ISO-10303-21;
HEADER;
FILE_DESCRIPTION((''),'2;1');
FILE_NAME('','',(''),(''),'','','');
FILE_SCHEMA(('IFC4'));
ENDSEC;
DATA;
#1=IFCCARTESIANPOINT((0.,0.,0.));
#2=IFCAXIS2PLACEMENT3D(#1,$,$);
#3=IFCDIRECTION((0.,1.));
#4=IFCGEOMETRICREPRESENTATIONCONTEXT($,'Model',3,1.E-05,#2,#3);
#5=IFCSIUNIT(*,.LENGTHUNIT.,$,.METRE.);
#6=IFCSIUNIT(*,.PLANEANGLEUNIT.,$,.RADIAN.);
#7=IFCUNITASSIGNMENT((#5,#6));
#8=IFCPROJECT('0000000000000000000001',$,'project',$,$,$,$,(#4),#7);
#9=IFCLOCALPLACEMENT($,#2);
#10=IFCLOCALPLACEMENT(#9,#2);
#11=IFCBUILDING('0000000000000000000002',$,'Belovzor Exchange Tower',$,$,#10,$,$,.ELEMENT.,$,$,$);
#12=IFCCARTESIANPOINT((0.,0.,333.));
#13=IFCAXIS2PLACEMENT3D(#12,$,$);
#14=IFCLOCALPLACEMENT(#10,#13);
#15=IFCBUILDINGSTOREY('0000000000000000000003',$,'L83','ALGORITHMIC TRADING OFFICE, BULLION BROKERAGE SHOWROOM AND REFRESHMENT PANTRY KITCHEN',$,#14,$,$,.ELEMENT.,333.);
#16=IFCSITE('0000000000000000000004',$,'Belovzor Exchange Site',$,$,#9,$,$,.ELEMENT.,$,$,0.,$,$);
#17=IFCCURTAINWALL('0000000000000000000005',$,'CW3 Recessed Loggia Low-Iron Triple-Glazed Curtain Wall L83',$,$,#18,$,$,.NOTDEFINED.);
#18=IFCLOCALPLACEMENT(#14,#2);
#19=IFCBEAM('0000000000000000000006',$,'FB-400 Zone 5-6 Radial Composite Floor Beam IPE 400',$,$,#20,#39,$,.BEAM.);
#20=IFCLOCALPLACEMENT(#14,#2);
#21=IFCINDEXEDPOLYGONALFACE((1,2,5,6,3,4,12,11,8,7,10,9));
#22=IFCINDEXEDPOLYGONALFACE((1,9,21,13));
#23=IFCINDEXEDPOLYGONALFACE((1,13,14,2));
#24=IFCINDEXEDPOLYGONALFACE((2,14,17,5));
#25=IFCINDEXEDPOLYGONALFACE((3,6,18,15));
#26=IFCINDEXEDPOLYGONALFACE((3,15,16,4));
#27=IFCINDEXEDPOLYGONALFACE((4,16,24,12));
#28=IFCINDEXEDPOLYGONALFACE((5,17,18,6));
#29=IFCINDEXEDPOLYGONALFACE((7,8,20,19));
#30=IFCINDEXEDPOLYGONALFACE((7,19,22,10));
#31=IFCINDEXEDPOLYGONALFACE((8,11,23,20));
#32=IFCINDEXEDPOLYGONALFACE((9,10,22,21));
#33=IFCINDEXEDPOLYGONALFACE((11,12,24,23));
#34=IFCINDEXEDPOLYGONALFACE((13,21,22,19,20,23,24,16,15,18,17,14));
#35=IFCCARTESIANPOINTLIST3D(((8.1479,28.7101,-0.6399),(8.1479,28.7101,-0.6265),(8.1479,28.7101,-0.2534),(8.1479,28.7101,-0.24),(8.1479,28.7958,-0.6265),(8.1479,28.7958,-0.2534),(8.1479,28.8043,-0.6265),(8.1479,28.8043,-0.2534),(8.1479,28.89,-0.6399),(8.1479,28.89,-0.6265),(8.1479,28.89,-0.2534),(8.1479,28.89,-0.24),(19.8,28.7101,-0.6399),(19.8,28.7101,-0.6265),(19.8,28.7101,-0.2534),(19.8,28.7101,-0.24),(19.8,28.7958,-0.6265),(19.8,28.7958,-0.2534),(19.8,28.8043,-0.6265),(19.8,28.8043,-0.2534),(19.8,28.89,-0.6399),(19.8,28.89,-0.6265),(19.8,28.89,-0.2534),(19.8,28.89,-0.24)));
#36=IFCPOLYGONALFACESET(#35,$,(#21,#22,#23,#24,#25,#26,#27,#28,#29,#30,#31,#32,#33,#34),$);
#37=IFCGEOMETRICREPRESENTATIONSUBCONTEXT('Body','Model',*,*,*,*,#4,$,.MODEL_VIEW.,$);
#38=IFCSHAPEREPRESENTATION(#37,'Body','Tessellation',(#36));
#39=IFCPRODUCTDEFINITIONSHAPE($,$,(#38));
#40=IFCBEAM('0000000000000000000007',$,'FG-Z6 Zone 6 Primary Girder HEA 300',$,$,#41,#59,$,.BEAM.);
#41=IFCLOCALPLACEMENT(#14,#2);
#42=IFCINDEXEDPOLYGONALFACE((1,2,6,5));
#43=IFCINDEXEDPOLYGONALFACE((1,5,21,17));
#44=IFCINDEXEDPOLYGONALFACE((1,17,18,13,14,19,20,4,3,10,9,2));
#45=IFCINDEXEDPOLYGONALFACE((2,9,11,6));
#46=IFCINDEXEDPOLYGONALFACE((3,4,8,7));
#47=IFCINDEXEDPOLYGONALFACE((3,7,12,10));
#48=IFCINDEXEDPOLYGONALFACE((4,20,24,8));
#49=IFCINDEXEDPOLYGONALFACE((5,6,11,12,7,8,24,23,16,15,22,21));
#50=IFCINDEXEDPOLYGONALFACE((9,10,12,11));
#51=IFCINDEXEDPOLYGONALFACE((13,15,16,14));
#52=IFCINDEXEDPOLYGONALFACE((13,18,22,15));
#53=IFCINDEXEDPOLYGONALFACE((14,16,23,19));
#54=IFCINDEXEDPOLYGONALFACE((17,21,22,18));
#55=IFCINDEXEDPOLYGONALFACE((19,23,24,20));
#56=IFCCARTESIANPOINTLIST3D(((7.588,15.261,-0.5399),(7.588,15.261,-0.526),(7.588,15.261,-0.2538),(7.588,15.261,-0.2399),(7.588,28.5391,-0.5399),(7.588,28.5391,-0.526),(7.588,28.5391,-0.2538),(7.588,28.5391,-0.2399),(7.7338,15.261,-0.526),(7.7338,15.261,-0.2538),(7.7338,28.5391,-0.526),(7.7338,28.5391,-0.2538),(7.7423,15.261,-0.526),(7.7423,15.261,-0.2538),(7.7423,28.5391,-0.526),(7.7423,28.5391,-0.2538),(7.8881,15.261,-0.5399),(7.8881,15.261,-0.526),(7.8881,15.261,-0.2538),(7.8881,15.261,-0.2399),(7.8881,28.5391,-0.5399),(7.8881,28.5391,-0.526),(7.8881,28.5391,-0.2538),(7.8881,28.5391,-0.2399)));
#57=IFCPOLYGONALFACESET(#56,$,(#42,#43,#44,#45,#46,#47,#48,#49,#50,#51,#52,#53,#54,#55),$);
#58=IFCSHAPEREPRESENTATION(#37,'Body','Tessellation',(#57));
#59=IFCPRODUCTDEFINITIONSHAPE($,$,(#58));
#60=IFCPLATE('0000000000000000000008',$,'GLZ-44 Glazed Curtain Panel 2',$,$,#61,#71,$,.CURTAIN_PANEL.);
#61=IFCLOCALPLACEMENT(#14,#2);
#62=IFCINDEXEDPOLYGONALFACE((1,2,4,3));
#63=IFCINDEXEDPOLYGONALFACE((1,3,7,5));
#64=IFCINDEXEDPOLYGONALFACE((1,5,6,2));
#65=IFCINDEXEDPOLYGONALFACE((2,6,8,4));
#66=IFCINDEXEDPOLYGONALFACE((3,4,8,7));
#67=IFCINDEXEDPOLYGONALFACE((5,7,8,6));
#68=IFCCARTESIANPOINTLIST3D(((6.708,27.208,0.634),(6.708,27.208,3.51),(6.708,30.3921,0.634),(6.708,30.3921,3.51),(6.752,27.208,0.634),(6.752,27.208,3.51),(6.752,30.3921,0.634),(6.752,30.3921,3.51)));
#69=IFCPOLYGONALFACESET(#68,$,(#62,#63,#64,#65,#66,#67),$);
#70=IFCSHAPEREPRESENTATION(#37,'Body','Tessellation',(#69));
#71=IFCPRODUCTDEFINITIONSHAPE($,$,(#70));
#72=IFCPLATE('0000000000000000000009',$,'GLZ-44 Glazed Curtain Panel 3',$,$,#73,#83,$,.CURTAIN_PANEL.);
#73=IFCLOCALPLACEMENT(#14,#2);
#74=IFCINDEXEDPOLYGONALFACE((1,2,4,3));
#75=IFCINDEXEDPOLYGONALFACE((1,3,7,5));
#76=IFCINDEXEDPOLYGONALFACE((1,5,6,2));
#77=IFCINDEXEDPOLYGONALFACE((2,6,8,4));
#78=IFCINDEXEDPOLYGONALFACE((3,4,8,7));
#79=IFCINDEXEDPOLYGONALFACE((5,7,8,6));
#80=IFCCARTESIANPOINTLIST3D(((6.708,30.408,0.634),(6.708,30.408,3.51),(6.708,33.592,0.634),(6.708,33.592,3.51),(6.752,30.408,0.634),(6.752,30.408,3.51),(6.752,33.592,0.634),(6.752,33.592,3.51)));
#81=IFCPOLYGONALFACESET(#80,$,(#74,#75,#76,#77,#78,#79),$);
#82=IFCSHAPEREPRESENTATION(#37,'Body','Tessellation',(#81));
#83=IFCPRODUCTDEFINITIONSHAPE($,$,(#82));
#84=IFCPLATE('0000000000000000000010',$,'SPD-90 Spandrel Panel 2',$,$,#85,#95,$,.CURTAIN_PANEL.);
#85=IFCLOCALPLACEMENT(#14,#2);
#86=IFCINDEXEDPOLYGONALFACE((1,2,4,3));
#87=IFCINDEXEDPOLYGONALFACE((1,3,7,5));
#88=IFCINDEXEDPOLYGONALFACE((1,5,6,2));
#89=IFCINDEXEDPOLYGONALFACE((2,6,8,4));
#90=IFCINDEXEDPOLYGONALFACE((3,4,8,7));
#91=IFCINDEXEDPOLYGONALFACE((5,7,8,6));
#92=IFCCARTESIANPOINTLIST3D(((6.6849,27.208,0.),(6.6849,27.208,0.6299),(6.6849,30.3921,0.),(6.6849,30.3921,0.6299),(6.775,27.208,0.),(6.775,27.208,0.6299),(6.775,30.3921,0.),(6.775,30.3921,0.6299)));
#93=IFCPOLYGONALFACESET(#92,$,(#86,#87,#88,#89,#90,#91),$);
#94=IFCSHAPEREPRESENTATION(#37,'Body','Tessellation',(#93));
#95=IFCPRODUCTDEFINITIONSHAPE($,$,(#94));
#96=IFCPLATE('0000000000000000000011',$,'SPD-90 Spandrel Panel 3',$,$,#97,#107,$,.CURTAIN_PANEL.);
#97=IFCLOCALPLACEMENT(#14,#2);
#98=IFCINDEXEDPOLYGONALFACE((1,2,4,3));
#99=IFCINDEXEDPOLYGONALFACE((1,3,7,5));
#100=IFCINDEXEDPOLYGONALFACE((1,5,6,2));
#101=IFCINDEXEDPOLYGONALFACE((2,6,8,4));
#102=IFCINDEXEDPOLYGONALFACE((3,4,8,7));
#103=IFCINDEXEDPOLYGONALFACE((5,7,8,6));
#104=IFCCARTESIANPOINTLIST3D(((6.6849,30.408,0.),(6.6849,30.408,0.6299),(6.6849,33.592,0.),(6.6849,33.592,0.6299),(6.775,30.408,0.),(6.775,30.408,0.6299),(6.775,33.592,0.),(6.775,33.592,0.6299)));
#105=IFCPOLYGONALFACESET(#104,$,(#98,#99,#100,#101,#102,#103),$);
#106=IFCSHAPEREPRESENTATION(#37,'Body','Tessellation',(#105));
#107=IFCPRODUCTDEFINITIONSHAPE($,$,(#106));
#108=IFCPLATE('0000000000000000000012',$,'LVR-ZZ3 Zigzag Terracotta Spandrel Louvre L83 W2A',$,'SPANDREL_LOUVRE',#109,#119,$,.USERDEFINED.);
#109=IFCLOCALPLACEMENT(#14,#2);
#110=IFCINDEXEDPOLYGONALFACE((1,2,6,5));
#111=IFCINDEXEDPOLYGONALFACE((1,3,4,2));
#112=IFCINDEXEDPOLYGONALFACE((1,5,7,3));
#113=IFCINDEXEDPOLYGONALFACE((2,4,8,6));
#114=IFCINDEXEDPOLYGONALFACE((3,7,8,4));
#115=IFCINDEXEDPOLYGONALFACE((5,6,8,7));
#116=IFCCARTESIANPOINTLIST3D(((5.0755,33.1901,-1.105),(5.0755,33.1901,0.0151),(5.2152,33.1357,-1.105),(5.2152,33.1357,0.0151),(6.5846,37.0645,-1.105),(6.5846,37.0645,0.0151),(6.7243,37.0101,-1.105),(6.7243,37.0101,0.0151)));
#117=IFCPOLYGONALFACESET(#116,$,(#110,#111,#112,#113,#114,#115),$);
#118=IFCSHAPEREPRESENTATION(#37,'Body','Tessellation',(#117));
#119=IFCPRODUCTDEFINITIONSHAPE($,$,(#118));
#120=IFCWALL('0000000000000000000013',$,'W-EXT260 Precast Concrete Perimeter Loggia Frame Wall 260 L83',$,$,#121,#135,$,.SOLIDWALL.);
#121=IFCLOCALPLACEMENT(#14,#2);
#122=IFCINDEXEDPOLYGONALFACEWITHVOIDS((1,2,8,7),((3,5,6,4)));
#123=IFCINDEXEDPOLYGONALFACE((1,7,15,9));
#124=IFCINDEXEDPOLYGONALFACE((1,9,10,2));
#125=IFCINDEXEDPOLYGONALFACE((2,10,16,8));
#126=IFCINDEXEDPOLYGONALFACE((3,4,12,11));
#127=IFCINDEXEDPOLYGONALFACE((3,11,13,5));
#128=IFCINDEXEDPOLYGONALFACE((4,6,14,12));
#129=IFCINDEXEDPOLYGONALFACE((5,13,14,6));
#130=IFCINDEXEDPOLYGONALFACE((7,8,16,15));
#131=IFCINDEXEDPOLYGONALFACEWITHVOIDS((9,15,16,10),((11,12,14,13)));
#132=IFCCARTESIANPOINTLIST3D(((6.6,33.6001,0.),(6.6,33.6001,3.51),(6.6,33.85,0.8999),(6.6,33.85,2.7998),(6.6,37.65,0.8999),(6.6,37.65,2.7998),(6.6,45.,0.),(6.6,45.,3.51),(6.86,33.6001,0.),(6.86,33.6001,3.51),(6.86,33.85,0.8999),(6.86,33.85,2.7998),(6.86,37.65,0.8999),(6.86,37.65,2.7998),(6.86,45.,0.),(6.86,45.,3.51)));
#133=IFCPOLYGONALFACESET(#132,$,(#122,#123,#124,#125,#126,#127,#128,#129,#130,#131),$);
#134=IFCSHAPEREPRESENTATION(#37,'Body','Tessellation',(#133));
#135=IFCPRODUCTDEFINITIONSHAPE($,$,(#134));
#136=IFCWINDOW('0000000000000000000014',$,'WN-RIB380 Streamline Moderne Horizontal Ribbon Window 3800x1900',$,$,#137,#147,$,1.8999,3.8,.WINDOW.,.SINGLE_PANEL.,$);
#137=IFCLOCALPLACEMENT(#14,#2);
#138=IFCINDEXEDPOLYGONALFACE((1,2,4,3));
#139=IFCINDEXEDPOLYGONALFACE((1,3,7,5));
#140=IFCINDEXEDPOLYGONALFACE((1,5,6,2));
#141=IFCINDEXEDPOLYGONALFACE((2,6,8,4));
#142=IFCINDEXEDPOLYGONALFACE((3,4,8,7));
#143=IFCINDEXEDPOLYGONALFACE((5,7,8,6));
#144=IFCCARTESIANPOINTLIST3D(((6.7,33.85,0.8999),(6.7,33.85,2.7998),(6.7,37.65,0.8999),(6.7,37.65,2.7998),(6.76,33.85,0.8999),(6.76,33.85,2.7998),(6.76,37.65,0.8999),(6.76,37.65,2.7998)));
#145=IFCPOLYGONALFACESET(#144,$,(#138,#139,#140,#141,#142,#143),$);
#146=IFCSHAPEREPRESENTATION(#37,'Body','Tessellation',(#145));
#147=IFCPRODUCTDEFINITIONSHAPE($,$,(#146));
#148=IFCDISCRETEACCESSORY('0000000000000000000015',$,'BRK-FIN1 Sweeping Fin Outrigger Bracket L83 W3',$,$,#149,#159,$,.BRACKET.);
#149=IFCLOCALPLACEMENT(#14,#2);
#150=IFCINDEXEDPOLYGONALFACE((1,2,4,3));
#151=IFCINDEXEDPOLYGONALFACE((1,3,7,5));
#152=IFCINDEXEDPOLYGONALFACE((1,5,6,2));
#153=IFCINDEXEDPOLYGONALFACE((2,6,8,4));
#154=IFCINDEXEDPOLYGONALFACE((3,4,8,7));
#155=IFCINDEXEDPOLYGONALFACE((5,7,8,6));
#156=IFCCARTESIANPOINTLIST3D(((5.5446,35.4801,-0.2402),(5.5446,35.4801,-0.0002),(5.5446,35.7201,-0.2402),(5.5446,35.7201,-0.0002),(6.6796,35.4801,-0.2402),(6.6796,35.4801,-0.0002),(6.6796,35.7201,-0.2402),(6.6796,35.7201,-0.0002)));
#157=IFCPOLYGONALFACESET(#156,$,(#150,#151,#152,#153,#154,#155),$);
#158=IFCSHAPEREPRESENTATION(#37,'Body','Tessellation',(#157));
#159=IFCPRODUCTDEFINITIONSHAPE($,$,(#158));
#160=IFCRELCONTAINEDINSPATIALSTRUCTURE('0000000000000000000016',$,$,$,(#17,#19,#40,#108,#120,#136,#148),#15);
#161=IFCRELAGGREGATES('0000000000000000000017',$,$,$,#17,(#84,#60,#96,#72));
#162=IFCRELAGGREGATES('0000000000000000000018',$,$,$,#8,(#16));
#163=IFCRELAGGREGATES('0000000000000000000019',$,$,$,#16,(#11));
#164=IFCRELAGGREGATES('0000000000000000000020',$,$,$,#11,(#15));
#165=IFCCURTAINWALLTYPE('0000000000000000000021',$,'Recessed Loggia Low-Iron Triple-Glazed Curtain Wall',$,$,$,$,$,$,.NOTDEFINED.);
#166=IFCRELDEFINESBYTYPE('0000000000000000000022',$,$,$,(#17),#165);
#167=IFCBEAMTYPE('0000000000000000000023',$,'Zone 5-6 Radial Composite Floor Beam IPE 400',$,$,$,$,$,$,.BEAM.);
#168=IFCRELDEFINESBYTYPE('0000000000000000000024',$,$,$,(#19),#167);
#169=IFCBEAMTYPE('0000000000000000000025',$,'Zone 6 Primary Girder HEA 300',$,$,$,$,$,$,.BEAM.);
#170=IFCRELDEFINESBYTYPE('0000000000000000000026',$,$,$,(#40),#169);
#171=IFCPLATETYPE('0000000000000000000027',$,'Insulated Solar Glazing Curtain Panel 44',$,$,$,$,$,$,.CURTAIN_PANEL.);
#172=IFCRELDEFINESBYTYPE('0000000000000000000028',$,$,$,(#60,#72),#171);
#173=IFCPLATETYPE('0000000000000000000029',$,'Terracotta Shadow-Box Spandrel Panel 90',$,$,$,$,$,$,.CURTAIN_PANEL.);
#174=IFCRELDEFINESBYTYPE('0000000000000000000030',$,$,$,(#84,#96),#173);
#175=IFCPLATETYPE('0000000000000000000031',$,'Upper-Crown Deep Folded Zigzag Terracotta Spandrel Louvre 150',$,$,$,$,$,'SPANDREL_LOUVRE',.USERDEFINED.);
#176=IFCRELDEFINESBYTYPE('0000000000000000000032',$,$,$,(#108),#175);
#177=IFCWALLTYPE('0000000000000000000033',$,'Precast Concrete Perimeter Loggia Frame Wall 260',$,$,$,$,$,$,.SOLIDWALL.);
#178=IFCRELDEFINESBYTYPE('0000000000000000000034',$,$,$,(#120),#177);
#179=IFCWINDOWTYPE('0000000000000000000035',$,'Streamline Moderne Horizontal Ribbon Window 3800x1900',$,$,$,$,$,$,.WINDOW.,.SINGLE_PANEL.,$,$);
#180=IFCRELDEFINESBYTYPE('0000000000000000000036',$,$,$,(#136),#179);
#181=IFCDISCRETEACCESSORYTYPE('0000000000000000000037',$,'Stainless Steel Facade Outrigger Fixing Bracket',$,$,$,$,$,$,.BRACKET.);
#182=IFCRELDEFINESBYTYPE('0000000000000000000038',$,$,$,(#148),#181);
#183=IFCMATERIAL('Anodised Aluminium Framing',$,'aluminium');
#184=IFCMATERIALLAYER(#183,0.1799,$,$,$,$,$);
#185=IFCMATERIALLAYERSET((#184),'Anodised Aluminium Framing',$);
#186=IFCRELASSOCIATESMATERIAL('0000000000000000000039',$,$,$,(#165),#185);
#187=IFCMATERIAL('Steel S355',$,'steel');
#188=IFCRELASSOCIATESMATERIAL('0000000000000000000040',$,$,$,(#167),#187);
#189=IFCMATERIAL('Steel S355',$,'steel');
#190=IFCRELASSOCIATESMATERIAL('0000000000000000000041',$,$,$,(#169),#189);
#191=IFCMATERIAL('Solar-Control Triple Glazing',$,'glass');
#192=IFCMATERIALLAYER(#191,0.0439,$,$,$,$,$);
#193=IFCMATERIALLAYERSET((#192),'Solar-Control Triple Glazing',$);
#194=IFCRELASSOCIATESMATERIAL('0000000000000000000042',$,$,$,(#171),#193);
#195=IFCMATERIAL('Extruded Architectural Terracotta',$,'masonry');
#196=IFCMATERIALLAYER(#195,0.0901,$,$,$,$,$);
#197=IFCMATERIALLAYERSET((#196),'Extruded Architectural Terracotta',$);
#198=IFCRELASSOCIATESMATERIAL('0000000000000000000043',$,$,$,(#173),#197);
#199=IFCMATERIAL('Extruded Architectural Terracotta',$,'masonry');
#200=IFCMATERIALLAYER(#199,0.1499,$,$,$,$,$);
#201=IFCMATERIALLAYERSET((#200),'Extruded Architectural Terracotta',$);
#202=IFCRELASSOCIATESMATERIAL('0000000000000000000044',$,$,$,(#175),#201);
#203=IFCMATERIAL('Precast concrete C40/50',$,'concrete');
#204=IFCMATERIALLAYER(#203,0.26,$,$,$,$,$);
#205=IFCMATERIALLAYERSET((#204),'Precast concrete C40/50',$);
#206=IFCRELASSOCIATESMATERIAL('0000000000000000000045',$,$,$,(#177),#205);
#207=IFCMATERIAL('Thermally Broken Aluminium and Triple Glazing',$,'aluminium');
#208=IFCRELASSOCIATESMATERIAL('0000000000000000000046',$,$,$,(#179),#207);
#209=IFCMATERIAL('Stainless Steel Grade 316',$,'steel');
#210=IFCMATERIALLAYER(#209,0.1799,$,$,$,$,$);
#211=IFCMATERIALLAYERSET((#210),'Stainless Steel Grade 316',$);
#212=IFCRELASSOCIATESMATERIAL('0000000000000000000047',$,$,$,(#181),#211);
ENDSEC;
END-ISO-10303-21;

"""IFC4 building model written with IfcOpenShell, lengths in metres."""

from ifc_helpers import new_model, si_unit, direction, frame, frame_2d, origin, origin_2d, place, context, subcontext, project, spatial, rectangle, i_section, extrude, material, layer, layer_set, material_profile, profile_set, type_object, element, fill, aggregate, save


model = new_model("IFC4")

# Units and contexts
model_context = context("Model", 3, precision=1e-05, world=origin(), true_north=direction((0.0, 1.0)))
body_context = subcontext(model_context, "Body", "Model", "MODEL_VIEW")
ifc_project = project(units=[si_unit("LENGTHUNIT", "METRE"), si_unit("PLANEANGLEUNIT", "RADIAN")], contexts=[model_context])

# Site, building, storey
site_placement = place(None, origin())
site = spatial("IfcSite", under=ifc_project, at=site_placement, Name="Belovzor Exchange Site", CompositionType="ELEMENT", RefElevation=0.0)
building_placement = place(site_placement, origin())
building = spatial("IfcBuilding", under=site, at=building_placement, Name="Belovzor Exchange Tower", CompositionType="ELEMENT")
storey_placement = place(building_placement, frame((0.0, 0.0, 333.0)))
storey = spatial("IfcBuildingStorey", under=building, at=storey_placement, Name="L83", Description="ALGORITHMIC TRADING OFFICE, BULLION BROKERAGE SHOWROOM AND REFRESHMENT PANTRY KITCHEN", CompositionType="ELEMENT", Elevation=333.0)

# Curtain wall
ifc_material_1 = material(Name="Anodised Aluminium Framing", Category="aluminium")
ifc_layer_1 = layer(ifc_material_1, 0.1799)
ifc_layer_set_1 = layer_set([ifc_layer_1], Name="Anodised Aluminium Framing")
curtain_wall_type = type_object("IfcCurtainWallType", Name="Recessed Loggia Low-Iron Triple-Glazed Curtain Wall", PredefinedType="NOTDEFINED", material=ifc_layer_set_1)
curtain_wall_placement = place(storey_placement, origin())
curtain_wall = element("IfcCurtainWall", 1, at=curtain_wall_placement, inside=storey, type_object=curtain_wall_type, Name="CW3 Recessed Loggia Low-Iron Triple-Glazed Curtain Wall L83", PredefinedType="NOTDEFINED")

# Beams
ifc_material_2 = material(Name="Steel S355", Category="steel")
ifc_material_profile_1 = material_profile(ifc_material_2, i_section(OverallWidth=0.1799, OverallDepth=0.3999, WebThickness=0.0085, FlangeThickness=0.0134, at=origin_2d()))
ifc_profile_set_1 = profile_set([ifc_material_profile_1], Name="Steel S355")
beam_type_1 = type_object("IfcBeamType", Name="Zone 5-6 Radial Composite Floor Beam IPE 400", PredefinedType="BEAM", material=ifc_profile_set_1)
beam_1_placement = place(storey_placement, frame((19.8, 28.8, -0.4399), z_axis=(-1.0, 0.0, 0.0), x_axis=(0.0, -1.0, 0.0)))
element("IfcBeam", 2, at=beam_1_placement, inside=storey, type_object=beam_type_1, Name="FB-400 Zone 5-6 Radial Composite Floor Beam IPE 400", PredefinedType="BEAM", context=body_context, shape_type="SweptSolid", body=[
    extrude(i_section(OverallWidth=0.1799, OverallDepth=0.3999, WebThickness=0.0085, FlangeThickness=0.0134, at=origin_2d()), origin(), (0.0, 0.0, 1.0), 11.6521),
])
ifc_material_3 = material(Name="Steel S355", Category="steel")
ifc_material_profile_2 = material_profile(ifc_material_3, i_section(OverallWidth=0.3, OverallDepth=0.3, WebThickness=0.0085, FlangeThickness=0.0139, at=origin_2d()))
ifc_profile_set_2 = profile_set([ifc_material_profile_2], Name="Steel S355")
beam_type_2 = type_object("IfcBeamType", Name="Zone 6 Primary Girder HEA 300", PredefinedType="BEAM", material=ifc_profile_set_2)
beam_2_placement = place(storey_placement, frame((7.738, 28.5391, -0.3899), z_axis=(0.0, -1.0, 0.0), x_axis=(1.0, 0.0, 0.0)))
element("IfcBeam", 3, at=beam_2_placement, inside=storey, type_object=beam_type_2, Name="FG-Z6 Zone 6 Primary Girder HEA 300", PredefinedType="BEAM", context=body_context, shape_type="SweptSolid", body=[
    extrude(i_section(OverallWidth=0.3, OverallDepth=0.3, WebThickness=0.0085, FlangeThickness=0.0139, at=origin_2d()), origin(), (0.0, 0.0, 1.0), 13.2781),
])

# Plates
ifc_material_4 = material(Name="Solar-Control Triple Glazing", Category="glass")
ifc_layer_2 = layer(ifc_material_4, 0.0439)
ifc_layer_set_2 = layer_set([ifc_layer_2], Name="Solar-Control Triple Glazing")
plate_type_1 = type_object("IfcPlateType", Name="Insulated Solar Glazing Curtain Panel 44", PredefinedType="CURTAIN_PANEL", material=ifc_layer_set_2)
plate_1_placement = place(storey_placement, frame((6.73, 28.8, 0.634), z_axis=(0.0, 0.0, 1.0), x_axis=(0.0, 1.0, 0.0)))
plate_1 = element("IfcPlate", 4, at=plate_1_placement, type_object=plate_type_1, Name="GLZ-44 Glazed Curtain Panel 2", PredefinedType="CURTAIN_PANEL", context=body_context, shape_type="SweptSolid", body=[
    extrude(rectangle(XDim=3.1841, YDim=0.0439, at=origin_2d()), origin(), (0.0, 0.0, 1.0), 2.876),
])
plate_2_placement = place(storey_placement, frame((6.73, 32.0, 0.634), z_axis=(0.0, 0.0, 1.0), x_axis=(0.0, 1.0, 0.0)))
plate_2 = element("IfcPlate", 5, at=plate_2_placement, type_object=plate_type_1, Name="GLZ-44 Glazed Curtain Panel 3", PredefinedType="CURTAIN_PANEL", context=body_context, shape_type="SweptSolid", body=[
    extrude(rectangle(XDim=3.1841, YDim=0.0439, at=origin_2d()), origin(), (0.0, 0.0, 1.0), 2.876),
])
ifc_material_5 = material(Name="Extruded Architectural Terracotta", Category="masonry")
ifc_layer_3 = layer(ifc_material_5, 0.0901)
ifc_layer_set_3 = layer_set([ifc_layer_3], Name="Extruded Architectural Terracotta")
plate_type_2 = type_object("IfcPlateType", Name="Terracotta Shadow-Box Spandrel Panel 90", PredefinedType="CURTAIN_PANEL", material=ifc_layer_set_3)
plate_3_placement = place(storey_placement, frame((6.73, 28.8, 0.0), z_axis=(0.0, 0.0, 1.0), x_axis=(0.0, 1.0, 0.0)))
plate_3 = element("IfcPlate", 6, at=plate_3_placement, type_object=plate_type_2, Name="SPD-90 Spandrel Panel 2", PredefinedType="CURTAIN_PANEL", context=body_context, shape_type="SweptSolid", body=[
    extrude(rectangle(XDim=3.1841, YDim=0.0901, at=origin_2d()), origin(), (0.0, 0.0, 1.0), 0.6299),
])
plate_4_placement = place(storey_placement, frame((6.73, 32.0, 0.0), z_axis=(0.0, 0.0, 1.0), x_axis=(0.0, 1.0, 0.0)))
plate_4 = element("IfcPlate", 7, at=plate_4_placement, type_object=plate_type_2, Name="SPD-90 Spandrel Panel 3", PredefinedType="CURTAIN_PANEL", context=body_context, shape_type="SweptSolid", body=[
    extrude(rectangle(XDim=3.1841, YDim=0.0901, at=origin_2d()), origin(), (0.0, 0.0, 1.0), 0.6299),
])
aggregate(curtain_wall, [plate_3, plate_1, plate_4, plate_2])
ifc_material_6 = material(Name="Extruded Architectural Terracotta", Category="masonry")
ifc_layer_4 = layer(ifc_material_6, 0.1499)
ifc_layer_set_4 = layer_set([ifc_layer_4], Name="Extruded Architectural Terracotta")
plate_type_3 = type_object("IfcPlateType", Name="Upper-Crown Deep Folded Zigzag Terracotta Spandrel Louvre 150", ElementType="SPANDREL_LOUVRE", PredefinedType="USERDEFINED", material=ifc_layer_set_4)
plate_5_placement = place(storey_placement, frame((5.8999, 35.1001, -1.105), z_axis=(0.0, 0.0, 1.0), x_axis=(0.362926, 0.931818, 0.0)))
element("IfcPlate", 8, at=plate_5_placement, inside=storey, type_object=plate_type_3, Name="LVR-ZZ3 Zigzag Terracotta Spandrel Louvre L83 W2A", ObjectType="SPANDREL_LOUVRE", PredefinedType="USERDEFINED", context=body_context, shape_type="SweptSolid", body=[
    extrude(rectangle(XDim=4.158, YDim=0.1499, at=origin_2d()), origin(), (0.0, 0.0, 1.0), 1.1201),
])

# Wall, opening, window
ifc_material_7 = material(Name="Precast concrete C40/50", Category="concrete")
ifc_layer_5 = layer(ifc_material_7, 0.26)
ifc_layer_set_5 = layer_set([ifc_layer_5], Name="Precast concrete C40/50")
wall_type = type_object("IfcWallType", Name="Precast Concrete Perimeter Loggia Frame Wall 260", PredefinedType="SOLIDWALL", material=ifc_layer_set_5)
wall_placement = place(storey_placement, frame((6.73, 33.6001, 0.0), z_axis=(0.0, 0.0, 1.0), x_axis=(0.0, 1.0, 0.0)))
wall = element("IfcWall", 9, at=wall_placement, inside=storey, type_object=wall_type, Name="W-EXT260 Precast Concrete Perimeter Loggia Frame Wall 260 L83", PredefinedType="SOLIDWALL", context=body_context, shape_type="SweptSolid", body=[
    extrude(rectangle(XDim=11.3999, YDim=0.26, at=frame_2d((5.7, 0.0))), origin(), (0.0, 0.0, 1.0), 3.51),
])
opening_placement = place(wall_placement, frame((0.25, 0.0, 0.8999)))
opening = element("IfcOpeningElement", 10, at=opening_placement, cuts=wall, PredefinedType="OPENING", context=body_context, shape_type="SweptSolid", body=[
    extrude(rectangle(XDim=3.8, YDim=1.8999, at=frame_2d((1.8999, 0.95))), frame((0.0, 0.1399, 0.0), z_axis=(0.0, -1.0, 0.0), x_axis=(1.0, 0.0, 0.0)), (0.0, 0.0, 1.0), 0.28),
])
ifc_material_8 = material(Name="Thermally Broken Aluminium and Triple Glazing", Category="aluminium")
window_type = type_object("IfcWindowType", Name="Streamline Moderne Horizontal Ribbon Window 3800x1900", PartitioningType="SINGLE_PANEL", PredefinedType="WINDOW", material=ifc_material_8)
window_placement = place(opening_placement, origin())
window = element("IfcWindow", 11, at=window_placement, inside=storey, type_object=window_type, Name="WN-RIB380 Streamline Moderne Horizontal Ribbon Window 3800x1900", OverallHeight=1.8999, OverallWidth=3.8, PartitioningType="SINGLE_PANEL", PredefinedType="WINDOW", context=body_context, shape_type="SweptSolid", body=[
    extrude(rectangle(XDim=3.8, YDim=1.8999, at=frame_2d((1.8999, 0.95))), frame((0.0, 0.03, 0.0), z_axis=(0.0, -1.0, 0.0), x_axis=(1.0, 0.0, 0.0)), (0.0, 0.0, 1.0), 0.0601),
])
fill(opening, window)

# Discrete accessory
ifc_material_9 = material(Name="Stainless Steel Grade 316", Category="steel")
ifc_layer_6 = layer(ifc_material_9, 0.1799)
ifc_layer_set_6 = layer_set([ifc_layer_6], Name="Stainless Steel Grade 316")
discrete_accessory_type = type_object("IfcDiscreteAccessoryType", Name="Stainless Steel Facade Outrigger Fixing Bracket", PredefinedType="BRACKET", material=ifc_layer_set_6)
discrete_accessory_placement = place(storey_placement, frame((6.1121, 35.6001, -0.2402), z_axis=(0.0, 0.0, 1.0), x_axis=(1.0, 0.0, 0.0)))
element("IfcDiscreteAccessory", 12, at=discrete_accessory_placement, inside=storey, type_object=discrete_accessory_type, Name="BRK-FIN1 Sweeping Fin Outrigger Bracket L83 W3", PredefinedType="BRACKET", context=body_context, shape_type="SweptSolid", body=[
    extrude(rectangle(XDim=1.135, YDim=0.24, at=origin_2d()), origin(), (0.0, 0.0, 1.0), 0.24),
])

save(model, "model.ifc")
